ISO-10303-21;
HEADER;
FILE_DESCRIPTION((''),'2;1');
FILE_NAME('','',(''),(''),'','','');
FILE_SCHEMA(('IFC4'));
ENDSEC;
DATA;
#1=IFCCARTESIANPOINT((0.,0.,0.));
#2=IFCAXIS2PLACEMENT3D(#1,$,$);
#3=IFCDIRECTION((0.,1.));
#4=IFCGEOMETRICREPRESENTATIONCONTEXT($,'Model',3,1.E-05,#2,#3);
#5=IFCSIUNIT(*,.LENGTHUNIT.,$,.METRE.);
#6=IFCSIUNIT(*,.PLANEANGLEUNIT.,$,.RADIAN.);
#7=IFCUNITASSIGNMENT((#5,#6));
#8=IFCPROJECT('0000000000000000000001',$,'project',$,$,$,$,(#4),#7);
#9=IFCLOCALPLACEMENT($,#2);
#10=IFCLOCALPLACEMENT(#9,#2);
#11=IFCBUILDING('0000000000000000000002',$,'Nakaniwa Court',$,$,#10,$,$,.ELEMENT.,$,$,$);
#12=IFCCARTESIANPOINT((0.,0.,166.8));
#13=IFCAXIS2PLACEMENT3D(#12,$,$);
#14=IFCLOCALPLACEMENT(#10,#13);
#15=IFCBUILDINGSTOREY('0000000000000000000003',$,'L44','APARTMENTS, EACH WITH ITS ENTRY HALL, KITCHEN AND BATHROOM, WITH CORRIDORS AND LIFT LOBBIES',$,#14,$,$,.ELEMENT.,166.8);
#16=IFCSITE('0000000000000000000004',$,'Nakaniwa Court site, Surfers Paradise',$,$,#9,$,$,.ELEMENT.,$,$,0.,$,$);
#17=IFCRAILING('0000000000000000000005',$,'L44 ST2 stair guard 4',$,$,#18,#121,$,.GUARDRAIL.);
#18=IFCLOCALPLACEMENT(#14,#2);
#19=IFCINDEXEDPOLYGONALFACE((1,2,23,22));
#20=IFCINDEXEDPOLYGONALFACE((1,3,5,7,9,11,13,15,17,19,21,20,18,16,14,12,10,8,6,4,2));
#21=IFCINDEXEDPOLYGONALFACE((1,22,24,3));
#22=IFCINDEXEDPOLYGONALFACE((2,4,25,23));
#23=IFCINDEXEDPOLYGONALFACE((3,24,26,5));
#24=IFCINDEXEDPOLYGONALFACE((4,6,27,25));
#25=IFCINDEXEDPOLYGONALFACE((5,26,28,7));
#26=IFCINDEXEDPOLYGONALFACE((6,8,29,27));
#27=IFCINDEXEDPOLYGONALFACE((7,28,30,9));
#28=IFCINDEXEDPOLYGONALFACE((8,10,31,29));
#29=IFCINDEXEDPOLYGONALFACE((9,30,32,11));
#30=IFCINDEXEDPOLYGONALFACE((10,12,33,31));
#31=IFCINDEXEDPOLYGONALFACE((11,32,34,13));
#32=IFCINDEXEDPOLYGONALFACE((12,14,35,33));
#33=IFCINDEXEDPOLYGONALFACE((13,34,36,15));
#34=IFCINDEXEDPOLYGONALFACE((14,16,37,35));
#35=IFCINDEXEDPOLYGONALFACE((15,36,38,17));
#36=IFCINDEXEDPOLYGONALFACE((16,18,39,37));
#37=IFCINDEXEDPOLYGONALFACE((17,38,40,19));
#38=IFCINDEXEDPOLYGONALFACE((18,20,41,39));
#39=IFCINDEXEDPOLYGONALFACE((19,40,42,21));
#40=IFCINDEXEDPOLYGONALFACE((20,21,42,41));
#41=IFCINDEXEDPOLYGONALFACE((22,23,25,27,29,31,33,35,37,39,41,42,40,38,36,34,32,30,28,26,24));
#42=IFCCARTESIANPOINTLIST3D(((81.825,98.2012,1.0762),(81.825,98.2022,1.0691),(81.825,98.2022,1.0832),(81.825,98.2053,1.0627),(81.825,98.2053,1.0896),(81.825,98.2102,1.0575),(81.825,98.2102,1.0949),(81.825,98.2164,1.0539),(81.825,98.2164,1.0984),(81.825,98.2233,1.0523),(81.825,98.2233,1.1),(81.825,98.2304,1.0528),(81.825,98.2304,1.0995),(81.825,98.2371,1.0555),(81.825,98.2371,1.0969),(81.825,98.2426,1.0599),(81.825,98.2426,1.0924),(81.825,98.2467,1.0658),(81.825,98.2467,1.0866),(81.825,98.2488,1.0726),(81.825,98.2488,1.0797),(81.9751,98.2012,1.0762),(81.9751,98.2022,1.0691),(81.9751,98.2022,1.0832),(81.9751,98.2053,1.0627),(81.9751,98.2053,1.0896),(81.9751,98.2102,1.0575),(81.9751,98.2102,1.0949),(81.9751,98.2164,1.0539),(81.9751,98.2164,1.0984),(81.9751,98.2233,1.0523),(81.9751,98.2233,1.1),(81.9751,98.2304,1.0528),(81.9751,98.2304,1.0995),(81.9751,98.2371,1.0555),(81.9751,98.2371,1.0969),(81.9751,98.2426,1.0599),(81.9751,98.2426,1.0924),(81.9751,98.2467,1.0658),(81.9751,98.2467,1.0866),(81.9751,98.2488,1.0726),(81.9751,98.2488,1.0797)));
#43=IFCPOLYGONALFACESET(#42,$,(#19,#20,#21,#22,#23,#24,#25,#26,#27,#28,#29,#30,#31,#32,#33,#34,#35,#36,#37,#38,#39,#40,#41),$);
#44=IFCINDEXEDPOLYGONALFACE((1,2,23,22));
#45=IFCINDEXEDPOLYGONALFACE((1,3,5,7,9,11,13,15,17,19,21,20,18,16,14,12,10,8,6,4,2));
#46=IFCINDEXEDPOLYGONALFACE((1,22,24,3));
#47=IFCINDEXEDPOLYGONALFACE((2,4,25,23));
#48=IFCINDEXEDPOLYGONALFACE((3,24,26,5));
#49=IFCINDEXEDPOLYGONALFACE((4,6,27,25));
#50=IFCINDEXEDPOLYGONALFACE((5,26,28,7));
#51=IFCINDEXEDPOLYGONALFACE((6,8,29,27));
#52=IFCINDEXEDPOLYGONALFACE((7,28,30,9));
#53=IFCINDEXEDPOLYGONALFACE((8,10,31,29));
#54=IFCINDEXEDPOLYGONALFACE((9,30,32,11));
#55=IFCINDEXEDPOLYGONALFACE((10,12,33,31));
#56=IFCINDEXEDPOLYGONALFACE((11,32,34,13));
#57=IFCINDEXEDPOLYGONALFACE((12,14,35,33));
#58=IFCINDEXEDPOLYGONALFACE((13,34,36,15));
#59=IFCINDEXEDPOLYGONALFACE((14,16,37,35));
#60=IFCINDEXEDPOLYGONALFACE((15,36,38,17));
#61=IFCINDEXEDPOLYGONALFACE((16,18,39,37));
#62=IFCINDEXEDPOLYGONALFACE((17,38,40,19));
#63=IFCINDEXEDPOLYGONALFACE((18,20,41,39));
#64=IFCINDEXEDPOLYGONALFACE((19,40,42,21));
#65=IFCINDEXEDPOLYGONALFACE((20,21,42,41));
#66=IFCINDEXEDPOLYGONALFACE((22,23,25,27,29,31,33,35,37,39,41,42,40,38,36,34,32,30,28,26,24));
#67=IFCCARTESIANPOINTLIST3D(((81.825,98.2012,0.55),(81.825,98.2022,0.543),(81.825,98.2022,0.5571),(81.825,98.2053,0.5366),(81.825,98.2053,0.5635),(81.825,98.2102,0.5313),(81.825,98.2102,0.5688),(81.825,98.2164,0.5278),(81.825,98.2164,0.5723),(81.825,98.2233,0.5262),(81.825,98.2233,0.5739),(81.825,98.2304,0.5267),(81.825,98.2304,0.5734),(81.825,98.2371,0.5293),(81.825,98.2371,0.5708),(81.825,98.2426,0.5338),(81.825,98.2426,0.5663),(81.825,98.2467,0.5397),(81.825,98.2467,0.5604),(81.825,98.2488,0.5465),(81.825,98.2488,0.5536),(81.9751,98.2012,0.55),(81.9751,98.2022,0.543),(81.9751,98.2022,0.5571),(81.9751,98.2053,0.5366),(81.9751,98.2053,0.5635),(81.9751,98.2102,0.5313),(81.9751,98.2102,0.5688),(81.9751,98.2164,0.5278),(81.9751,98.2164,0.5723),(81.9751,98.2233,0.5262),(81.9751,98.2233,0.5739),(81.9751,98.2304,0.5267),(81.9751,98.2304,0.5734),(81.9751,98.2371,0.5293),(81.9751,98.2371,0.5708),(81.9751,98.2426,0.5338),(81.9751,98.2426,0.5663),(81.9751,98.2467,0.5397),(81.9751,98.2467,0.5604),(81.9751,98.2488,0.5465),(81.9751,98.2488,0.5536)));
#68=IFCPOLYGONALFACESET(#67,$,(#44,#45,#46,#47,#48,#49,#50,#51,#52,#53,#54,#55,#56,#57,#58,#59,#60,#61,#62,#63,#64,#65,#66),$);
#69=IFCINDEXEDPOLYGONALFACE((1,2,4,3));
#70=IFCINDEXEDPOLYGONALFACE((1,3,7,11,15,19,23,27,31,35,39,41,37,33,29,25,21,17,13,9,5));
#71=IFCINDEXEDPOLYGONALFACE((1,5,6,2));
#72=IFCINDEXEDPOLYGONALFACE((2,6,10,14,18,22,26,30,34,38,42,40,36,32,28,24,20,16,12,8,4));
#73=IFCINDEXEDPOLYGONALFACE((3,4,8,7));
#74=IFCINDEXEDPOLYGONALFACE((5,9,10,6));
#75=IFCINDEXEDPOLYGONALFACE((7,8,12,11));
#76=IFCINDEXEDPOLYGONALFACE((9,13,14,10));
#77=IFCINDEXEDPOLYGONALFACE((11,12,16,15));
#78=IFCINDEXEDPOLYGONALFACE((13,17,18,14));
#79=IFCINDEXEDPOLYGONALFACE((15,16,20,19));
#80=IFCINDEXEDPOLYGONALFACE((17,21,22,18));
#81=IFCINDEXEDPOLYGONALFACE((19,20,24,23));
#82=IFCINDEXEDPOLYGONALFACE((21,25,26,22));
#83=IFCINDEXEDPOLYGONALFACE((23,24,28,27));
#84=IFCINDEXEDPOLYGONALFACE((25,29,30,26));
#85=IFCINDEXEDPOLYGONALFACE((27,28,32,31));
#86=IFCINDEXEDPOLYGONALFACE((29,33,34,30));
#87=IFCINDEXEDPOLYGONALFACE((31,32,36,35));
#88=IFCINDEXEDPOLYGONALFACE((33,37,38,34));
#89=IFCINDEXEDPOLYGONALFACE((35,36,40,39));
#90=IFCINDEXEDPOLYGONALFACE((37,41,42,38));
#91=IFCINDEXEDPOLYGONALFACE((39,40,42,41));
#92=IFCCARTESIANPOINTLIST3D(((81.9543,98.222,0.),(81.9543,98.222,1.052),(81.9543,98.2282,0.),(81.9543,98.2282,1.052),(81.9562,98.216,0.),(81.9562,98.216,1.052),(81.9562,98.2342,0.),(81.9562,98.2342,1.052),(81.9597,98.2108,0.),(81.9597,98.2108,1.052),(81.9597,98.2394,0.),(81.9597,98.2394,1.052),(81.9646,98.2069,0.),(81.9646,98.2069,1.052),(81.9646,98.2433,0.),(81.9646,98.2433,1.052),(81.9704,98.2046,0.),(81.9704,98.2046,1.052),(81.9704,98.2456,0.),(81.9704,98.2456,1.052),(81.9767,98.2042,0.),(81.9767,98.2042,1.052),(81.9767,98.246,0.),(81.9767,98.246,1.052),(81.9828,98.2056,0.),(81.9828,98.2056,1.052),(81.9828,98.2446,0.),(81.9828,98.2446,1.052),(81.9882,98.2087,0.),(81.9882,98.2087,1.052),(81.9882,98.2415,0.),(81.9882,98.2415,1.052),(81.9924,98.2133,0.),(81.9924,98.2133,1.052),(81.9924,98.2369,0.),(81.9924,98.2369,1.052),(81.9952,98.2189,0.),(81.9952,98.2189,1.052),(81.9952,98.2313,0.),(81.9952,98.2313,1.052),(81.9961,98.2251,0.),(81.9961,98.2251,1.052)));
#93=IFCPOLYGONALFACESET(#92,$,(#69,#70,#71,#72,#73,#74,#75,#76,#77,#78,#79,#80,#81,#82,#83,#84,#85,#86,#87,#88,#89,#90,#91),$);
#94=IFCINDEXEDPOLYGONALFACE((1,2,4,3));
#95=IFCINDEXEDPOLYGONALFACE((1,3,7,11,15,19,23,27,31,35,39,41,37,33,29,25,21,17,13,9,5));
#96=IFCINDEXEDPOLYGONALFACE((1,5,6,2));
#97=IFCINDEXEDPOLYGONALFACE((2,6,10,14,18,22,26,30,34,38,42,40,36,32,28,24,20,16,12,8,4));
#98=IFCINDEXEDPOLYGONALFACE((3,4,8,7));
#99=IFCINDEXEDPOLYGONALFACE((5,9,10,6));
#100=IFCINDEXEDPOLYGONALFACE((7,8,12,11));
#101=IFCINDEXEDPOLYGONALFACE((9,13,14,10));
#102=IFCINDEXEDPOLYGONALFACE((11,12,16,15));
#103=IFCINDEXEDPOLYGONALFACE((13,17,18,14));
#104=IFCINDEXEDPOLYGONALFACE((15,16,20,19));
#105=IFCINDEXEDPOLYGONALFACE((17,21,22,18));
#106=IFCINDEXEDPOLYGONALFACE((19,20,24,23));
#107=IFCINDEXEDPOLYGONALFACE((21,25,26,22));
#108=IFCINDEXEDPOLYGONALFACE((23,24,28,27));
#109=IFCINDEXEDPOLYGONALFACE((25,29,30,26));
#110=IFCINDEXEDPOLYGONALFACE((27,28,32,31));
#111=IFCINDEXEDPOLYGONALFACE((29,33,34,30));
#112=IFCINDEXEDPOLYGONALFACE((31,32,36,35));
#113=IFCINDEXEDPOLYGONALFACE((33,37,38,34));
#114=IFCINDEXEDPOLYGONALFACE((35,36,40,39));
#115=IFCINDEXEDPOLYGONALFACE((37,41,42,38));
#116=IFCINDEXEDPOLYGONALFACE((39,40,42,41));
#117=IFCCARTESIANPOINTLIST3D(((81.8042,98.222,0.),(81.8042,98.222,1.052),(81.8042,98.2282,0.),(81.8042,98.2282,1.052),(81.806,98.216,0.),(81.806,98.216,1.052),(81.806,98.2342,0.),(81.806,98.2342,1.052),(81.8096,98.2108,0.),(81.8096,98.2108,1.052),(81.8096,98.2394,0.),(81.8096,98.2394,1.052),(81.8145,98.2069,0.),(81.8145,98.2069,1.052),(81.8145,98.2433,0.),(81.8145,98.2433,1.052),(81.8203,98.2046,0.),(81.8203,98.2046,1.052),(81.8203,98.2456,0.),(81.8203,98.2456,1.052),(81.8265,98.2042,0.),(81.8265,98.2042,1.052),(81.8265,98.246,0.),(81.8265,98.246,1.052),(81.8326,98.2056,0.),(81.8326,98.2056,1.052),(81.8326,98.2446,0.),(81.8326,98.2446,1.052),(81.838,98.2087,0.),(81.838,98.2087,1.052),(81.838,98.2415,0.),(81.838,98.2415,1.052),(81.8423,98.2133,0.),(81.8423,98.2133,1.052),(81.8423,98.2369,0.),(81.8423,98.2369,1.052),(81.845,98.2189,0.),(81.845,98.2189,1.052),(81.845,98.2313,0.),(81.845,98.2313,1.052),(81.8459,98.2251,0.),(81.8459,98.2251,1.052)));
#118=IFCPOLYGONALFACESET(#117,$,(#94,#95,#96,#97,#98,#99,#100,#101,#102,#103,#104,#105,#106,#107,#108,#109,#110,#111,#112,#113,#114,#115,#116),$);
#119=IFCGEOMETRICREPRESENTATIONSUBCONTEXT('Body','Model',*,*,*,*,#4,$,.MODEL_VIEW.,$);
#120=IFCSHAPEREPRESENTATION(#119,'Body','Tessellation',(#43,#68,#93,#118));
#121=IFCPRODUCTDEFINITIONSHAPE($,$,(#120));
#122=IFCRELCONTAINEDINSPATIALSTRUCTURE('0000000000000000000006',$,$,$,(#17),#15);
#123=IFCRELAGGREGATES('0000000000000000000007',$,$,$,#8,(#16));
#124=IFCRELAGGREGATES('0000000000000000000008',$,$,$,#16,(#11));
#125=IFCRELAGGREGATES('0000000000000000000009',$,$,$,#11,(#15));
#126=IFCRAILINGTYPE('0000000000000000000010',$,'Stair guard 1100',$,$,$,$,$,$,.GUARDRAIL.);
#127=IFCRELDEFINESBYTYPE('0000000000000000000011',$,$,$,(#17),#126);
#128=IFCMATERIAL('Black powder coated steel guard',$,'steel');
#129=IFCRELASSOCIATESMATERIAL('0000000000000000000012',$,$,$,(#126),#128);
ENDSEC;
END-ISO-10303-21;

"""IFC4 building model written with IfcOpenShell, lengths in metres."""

from ifc_helpers import new_model, si_unit, direction, frame, origin, origin_2d, place, context, subcontext, project, spatial, circle, extrude, material, type_object, element, save


model = new_model("IFC4")

# Units and contexts
model_context = context("Model", 3, precision=1e-05, world=origin(), true_north=direction((0.0, 1.0)))
body_context = subcontext(model_context, "Body", "Model", "MODEL_VIEW")
ifc_project = project(units=[si_unit("LENGTHUNIT", "METRE"), si_unit("PLANEANGLEUNIT", "RADIAN")], contexts=[model_context])

# Site, building, storey
site_placement = place(None, origin())
site = spatial("IfcSite", under=ifc_project, at=site_placement, Name="Nakaniwa Court site, Surfers Paradise", CompositionType="ELEMENT", RefElevation=0.0)
building_placement = place(site_placement, origin())
building = spatial("IfcBuilding", under=site, at=building_placement, Name="Nakaniwa Court", CompositionType="ELEMENT")
storey_placement = place(building_placement, frame((0.0, 0.0, 166.8)))
storey = spatial("IfcBuildingStorey", under=building, at=storey_placement, Name="L44", Description="APARTMENTS, EACH WITH ITS ENTRY HALL, KITCHEN AND BATHROOM, WITH CORRIDORS AND LIFT LOBBIES", CompositionType="ELEMENT", Elevation=166.8)

# Railing
ifc_material_1 = material(Name="Black powder coated steel guard", Category="steel")
railing_type_1 = type_object("IfcRailingType", Name="Stair guard 1100", PredefinedType="GUARDRAIL", material=ifc_material_1)
railing_1_placement = place(storey_placement, frame((81.9751, 98.2251, 0.0)))
element("IfcRailing", 1, at=railing_1_placement, inside=storey, type_object=railing_type_1, Name="L44 ST2 stair guard 4", PredefinedType="GUARDRAIL", context=body_context, shape_type="SweptSolid", body=[
    extrude(circle(Radius=0.0239, at=origin_2d()), frame((0.0, 0.0, 1.0762), z_axis=(-1.0, 0.0, 0.0), x_axis=(0.0, -1.0, 0.0)), (0.0, 0.0, 1.0), 0.1501),
    extrude(circle(Radius=0.0239, at=origin_2d()), frame((0.0, 0.0, 0.55), z_axis=(-1.0, 0.0, 0.0), x_axis=(0.0, -1.0, 0.0)), (0.0, 0.0, 1.0), 0.1501),
    extrude(circle(Radius=0.021, at=origin_2d()), origin(), (0.0, 0.0, 1.0), 1.052),
    extrude(circle(Radius=0.021, at=origin_2d()), frame((-0.1501, 0.0, 0.0)), (0.0, 0.0, 1.0), 1.052),
])

save(model, "model.ifc")
